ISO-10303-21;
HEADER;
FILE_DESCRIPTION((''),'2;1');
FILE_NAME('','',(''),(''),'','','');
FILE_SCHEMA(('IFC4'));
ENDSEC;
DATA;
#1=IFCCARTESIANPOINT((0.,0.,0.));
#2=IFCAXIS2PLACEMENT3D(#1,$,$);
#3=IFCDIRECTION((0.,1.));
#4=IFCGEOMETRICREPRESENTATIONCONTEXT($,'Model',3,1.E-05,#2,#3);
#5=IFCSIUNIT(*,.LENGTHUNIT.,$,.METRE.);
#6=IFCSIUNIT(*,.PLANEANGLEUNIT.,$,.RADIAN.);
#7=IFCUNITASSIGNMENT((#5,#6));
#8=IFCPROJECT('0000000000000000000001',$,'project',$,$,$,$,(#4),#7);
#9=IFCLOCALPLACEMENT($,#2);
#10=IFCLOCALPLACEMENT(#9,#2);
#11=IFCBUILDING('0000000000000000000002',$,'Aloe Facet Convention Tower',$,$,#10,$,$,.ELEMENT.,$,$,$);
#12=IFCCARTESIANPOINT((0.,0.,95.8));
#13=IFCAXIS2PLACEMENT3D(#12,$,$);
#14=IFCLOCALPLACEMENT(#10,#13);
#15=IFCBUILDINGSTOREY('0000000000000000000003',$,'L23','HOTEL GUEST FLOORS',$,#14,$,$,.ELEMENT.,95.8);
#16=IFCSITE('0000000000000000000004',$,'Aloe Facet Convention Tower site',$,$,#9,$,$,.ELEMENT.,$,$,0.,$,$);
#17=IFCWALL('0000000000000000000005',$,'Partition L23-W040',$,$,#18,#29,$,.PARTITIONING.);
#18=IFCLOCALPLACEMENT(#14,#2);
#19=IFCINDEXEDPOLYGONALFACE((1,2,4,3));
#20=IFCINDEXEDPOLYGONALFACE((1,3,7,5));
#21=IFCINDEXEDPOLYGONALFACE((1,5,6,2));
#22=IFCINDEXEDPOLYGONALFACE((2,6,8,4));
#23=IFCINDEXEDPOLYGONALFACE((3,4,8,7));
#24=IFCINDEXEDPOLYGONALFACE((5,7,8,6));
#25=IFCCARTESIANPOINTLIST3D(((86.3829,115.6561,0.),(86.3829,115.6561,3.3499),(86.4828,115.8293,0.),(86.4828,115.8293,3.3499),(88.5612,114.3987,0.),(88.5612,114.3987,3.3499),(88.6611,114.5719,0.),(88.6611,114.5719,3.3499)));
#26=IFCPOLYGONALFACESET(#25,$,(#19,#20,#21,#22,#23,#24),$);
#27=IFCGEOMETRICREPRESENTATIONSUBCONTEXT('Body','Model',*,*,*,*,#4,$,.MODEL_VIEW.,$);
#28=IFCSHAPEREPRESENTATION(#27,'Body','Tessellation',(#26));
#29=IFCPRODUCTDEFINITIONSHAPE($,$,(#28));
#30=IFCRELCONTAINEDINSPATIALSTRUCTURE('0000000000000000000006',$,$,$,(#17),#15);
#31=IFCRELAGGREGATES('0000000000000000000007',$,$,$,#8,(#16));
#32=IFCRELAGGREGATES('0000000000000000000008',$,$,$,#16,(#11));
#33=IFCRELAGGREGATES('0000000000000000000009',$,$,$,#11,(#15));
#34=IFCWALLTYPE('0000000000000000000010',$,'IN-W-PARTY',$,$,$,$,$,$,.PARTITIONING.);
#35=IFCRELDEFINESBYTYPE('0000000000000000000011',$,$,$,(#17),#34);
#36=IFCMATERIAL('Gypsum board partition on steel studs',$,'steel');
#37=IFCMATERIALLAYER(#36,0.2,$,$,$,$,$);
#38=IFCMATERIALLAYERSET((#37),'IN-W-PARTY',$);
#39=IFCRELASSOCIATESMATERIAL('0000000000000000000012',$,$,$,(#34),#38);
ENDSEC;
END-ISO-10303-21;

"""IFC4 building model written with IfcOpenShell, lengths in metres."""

from ifc_helpers import new_model, si_unit, direction, frame, frame_2d, origin, place, context, subcontext, project, spatial, rectangle, extrude, material, layer, layer_set, type_object, element, save


model = new_model("IFC4")

# Units and contexts
model_context = context("Model", 3, precision=1e-05, world=origin(), true_north=direction((0.0, 1.0)))
body_context = subcontext(model_context, "Body", "Model", "MODEL_VIEW")
ifc_project = project(units=[si_unit("LENGTHUNIT", "METRE"), si_unit("PLANEANGLEUNIT", "RADIAN")], contexts=[model_context])

# Site, building, storey
site_placement = place(None, origin())
site = spatial("IfcSite", under=ifc_project, at=site_placement, Name="Aloe Facet Convention Tower site", CompositionType="ELEMENT", RefElevation=0.0)
building_placement = place(site_placement, origin())
building = spatial("IfcBuilding", under=site, at=building_placement, Name="Aloe Facet Convention Tower", CompositionType="ELEMENT")
storey_placement = place(building_placement, frame((0.0, 0.0, 95.8)))
storey = spatial("IfcBuildingStorey", under=building, at=storey_placement, Name="L23", Description="HOTEL GUEST FLOORS", CompositionType="ELEMENT", Elevation=95.8)

# Wall
ifc_material_1 = material(Name="Gypsum board partition on steel studs", Category="steel")
ifc_layer_1 = layer(ifc_material_1, 0.2)
ifc_layer_set_1 = layer_set([ifc_layer_1], Name="IN-W-PARTY")
wall_type_1 = type_object("IfcWallType", Name="IN-W-PARTY", PredefinedType="PARTITIONING", material=ifc_layer_set_1)
wall_1_placement = place(storey_placement, frame((86.4329, 115.7427, 0.0), z_axis=(0.0, 0.0, 1.0), x_axis=(0.866072, -0.499919, 0.0)))
element("IfcWall", 1, at=wall_1_placement, inside=storey, type_object=wall_type_1, Name="Partition L23-W040", PredefinedType="PARTITIONING", context=body_context, shape_type="SweptSolid", body=[
    extrude(rectangle(XDim=2.5151, YDim=0.2, at=frame_2d((1.2576, 0.0))), origin(), (0.0, 0.0, 1.0), 3.3499),
])

save(model, "model.ifc")
